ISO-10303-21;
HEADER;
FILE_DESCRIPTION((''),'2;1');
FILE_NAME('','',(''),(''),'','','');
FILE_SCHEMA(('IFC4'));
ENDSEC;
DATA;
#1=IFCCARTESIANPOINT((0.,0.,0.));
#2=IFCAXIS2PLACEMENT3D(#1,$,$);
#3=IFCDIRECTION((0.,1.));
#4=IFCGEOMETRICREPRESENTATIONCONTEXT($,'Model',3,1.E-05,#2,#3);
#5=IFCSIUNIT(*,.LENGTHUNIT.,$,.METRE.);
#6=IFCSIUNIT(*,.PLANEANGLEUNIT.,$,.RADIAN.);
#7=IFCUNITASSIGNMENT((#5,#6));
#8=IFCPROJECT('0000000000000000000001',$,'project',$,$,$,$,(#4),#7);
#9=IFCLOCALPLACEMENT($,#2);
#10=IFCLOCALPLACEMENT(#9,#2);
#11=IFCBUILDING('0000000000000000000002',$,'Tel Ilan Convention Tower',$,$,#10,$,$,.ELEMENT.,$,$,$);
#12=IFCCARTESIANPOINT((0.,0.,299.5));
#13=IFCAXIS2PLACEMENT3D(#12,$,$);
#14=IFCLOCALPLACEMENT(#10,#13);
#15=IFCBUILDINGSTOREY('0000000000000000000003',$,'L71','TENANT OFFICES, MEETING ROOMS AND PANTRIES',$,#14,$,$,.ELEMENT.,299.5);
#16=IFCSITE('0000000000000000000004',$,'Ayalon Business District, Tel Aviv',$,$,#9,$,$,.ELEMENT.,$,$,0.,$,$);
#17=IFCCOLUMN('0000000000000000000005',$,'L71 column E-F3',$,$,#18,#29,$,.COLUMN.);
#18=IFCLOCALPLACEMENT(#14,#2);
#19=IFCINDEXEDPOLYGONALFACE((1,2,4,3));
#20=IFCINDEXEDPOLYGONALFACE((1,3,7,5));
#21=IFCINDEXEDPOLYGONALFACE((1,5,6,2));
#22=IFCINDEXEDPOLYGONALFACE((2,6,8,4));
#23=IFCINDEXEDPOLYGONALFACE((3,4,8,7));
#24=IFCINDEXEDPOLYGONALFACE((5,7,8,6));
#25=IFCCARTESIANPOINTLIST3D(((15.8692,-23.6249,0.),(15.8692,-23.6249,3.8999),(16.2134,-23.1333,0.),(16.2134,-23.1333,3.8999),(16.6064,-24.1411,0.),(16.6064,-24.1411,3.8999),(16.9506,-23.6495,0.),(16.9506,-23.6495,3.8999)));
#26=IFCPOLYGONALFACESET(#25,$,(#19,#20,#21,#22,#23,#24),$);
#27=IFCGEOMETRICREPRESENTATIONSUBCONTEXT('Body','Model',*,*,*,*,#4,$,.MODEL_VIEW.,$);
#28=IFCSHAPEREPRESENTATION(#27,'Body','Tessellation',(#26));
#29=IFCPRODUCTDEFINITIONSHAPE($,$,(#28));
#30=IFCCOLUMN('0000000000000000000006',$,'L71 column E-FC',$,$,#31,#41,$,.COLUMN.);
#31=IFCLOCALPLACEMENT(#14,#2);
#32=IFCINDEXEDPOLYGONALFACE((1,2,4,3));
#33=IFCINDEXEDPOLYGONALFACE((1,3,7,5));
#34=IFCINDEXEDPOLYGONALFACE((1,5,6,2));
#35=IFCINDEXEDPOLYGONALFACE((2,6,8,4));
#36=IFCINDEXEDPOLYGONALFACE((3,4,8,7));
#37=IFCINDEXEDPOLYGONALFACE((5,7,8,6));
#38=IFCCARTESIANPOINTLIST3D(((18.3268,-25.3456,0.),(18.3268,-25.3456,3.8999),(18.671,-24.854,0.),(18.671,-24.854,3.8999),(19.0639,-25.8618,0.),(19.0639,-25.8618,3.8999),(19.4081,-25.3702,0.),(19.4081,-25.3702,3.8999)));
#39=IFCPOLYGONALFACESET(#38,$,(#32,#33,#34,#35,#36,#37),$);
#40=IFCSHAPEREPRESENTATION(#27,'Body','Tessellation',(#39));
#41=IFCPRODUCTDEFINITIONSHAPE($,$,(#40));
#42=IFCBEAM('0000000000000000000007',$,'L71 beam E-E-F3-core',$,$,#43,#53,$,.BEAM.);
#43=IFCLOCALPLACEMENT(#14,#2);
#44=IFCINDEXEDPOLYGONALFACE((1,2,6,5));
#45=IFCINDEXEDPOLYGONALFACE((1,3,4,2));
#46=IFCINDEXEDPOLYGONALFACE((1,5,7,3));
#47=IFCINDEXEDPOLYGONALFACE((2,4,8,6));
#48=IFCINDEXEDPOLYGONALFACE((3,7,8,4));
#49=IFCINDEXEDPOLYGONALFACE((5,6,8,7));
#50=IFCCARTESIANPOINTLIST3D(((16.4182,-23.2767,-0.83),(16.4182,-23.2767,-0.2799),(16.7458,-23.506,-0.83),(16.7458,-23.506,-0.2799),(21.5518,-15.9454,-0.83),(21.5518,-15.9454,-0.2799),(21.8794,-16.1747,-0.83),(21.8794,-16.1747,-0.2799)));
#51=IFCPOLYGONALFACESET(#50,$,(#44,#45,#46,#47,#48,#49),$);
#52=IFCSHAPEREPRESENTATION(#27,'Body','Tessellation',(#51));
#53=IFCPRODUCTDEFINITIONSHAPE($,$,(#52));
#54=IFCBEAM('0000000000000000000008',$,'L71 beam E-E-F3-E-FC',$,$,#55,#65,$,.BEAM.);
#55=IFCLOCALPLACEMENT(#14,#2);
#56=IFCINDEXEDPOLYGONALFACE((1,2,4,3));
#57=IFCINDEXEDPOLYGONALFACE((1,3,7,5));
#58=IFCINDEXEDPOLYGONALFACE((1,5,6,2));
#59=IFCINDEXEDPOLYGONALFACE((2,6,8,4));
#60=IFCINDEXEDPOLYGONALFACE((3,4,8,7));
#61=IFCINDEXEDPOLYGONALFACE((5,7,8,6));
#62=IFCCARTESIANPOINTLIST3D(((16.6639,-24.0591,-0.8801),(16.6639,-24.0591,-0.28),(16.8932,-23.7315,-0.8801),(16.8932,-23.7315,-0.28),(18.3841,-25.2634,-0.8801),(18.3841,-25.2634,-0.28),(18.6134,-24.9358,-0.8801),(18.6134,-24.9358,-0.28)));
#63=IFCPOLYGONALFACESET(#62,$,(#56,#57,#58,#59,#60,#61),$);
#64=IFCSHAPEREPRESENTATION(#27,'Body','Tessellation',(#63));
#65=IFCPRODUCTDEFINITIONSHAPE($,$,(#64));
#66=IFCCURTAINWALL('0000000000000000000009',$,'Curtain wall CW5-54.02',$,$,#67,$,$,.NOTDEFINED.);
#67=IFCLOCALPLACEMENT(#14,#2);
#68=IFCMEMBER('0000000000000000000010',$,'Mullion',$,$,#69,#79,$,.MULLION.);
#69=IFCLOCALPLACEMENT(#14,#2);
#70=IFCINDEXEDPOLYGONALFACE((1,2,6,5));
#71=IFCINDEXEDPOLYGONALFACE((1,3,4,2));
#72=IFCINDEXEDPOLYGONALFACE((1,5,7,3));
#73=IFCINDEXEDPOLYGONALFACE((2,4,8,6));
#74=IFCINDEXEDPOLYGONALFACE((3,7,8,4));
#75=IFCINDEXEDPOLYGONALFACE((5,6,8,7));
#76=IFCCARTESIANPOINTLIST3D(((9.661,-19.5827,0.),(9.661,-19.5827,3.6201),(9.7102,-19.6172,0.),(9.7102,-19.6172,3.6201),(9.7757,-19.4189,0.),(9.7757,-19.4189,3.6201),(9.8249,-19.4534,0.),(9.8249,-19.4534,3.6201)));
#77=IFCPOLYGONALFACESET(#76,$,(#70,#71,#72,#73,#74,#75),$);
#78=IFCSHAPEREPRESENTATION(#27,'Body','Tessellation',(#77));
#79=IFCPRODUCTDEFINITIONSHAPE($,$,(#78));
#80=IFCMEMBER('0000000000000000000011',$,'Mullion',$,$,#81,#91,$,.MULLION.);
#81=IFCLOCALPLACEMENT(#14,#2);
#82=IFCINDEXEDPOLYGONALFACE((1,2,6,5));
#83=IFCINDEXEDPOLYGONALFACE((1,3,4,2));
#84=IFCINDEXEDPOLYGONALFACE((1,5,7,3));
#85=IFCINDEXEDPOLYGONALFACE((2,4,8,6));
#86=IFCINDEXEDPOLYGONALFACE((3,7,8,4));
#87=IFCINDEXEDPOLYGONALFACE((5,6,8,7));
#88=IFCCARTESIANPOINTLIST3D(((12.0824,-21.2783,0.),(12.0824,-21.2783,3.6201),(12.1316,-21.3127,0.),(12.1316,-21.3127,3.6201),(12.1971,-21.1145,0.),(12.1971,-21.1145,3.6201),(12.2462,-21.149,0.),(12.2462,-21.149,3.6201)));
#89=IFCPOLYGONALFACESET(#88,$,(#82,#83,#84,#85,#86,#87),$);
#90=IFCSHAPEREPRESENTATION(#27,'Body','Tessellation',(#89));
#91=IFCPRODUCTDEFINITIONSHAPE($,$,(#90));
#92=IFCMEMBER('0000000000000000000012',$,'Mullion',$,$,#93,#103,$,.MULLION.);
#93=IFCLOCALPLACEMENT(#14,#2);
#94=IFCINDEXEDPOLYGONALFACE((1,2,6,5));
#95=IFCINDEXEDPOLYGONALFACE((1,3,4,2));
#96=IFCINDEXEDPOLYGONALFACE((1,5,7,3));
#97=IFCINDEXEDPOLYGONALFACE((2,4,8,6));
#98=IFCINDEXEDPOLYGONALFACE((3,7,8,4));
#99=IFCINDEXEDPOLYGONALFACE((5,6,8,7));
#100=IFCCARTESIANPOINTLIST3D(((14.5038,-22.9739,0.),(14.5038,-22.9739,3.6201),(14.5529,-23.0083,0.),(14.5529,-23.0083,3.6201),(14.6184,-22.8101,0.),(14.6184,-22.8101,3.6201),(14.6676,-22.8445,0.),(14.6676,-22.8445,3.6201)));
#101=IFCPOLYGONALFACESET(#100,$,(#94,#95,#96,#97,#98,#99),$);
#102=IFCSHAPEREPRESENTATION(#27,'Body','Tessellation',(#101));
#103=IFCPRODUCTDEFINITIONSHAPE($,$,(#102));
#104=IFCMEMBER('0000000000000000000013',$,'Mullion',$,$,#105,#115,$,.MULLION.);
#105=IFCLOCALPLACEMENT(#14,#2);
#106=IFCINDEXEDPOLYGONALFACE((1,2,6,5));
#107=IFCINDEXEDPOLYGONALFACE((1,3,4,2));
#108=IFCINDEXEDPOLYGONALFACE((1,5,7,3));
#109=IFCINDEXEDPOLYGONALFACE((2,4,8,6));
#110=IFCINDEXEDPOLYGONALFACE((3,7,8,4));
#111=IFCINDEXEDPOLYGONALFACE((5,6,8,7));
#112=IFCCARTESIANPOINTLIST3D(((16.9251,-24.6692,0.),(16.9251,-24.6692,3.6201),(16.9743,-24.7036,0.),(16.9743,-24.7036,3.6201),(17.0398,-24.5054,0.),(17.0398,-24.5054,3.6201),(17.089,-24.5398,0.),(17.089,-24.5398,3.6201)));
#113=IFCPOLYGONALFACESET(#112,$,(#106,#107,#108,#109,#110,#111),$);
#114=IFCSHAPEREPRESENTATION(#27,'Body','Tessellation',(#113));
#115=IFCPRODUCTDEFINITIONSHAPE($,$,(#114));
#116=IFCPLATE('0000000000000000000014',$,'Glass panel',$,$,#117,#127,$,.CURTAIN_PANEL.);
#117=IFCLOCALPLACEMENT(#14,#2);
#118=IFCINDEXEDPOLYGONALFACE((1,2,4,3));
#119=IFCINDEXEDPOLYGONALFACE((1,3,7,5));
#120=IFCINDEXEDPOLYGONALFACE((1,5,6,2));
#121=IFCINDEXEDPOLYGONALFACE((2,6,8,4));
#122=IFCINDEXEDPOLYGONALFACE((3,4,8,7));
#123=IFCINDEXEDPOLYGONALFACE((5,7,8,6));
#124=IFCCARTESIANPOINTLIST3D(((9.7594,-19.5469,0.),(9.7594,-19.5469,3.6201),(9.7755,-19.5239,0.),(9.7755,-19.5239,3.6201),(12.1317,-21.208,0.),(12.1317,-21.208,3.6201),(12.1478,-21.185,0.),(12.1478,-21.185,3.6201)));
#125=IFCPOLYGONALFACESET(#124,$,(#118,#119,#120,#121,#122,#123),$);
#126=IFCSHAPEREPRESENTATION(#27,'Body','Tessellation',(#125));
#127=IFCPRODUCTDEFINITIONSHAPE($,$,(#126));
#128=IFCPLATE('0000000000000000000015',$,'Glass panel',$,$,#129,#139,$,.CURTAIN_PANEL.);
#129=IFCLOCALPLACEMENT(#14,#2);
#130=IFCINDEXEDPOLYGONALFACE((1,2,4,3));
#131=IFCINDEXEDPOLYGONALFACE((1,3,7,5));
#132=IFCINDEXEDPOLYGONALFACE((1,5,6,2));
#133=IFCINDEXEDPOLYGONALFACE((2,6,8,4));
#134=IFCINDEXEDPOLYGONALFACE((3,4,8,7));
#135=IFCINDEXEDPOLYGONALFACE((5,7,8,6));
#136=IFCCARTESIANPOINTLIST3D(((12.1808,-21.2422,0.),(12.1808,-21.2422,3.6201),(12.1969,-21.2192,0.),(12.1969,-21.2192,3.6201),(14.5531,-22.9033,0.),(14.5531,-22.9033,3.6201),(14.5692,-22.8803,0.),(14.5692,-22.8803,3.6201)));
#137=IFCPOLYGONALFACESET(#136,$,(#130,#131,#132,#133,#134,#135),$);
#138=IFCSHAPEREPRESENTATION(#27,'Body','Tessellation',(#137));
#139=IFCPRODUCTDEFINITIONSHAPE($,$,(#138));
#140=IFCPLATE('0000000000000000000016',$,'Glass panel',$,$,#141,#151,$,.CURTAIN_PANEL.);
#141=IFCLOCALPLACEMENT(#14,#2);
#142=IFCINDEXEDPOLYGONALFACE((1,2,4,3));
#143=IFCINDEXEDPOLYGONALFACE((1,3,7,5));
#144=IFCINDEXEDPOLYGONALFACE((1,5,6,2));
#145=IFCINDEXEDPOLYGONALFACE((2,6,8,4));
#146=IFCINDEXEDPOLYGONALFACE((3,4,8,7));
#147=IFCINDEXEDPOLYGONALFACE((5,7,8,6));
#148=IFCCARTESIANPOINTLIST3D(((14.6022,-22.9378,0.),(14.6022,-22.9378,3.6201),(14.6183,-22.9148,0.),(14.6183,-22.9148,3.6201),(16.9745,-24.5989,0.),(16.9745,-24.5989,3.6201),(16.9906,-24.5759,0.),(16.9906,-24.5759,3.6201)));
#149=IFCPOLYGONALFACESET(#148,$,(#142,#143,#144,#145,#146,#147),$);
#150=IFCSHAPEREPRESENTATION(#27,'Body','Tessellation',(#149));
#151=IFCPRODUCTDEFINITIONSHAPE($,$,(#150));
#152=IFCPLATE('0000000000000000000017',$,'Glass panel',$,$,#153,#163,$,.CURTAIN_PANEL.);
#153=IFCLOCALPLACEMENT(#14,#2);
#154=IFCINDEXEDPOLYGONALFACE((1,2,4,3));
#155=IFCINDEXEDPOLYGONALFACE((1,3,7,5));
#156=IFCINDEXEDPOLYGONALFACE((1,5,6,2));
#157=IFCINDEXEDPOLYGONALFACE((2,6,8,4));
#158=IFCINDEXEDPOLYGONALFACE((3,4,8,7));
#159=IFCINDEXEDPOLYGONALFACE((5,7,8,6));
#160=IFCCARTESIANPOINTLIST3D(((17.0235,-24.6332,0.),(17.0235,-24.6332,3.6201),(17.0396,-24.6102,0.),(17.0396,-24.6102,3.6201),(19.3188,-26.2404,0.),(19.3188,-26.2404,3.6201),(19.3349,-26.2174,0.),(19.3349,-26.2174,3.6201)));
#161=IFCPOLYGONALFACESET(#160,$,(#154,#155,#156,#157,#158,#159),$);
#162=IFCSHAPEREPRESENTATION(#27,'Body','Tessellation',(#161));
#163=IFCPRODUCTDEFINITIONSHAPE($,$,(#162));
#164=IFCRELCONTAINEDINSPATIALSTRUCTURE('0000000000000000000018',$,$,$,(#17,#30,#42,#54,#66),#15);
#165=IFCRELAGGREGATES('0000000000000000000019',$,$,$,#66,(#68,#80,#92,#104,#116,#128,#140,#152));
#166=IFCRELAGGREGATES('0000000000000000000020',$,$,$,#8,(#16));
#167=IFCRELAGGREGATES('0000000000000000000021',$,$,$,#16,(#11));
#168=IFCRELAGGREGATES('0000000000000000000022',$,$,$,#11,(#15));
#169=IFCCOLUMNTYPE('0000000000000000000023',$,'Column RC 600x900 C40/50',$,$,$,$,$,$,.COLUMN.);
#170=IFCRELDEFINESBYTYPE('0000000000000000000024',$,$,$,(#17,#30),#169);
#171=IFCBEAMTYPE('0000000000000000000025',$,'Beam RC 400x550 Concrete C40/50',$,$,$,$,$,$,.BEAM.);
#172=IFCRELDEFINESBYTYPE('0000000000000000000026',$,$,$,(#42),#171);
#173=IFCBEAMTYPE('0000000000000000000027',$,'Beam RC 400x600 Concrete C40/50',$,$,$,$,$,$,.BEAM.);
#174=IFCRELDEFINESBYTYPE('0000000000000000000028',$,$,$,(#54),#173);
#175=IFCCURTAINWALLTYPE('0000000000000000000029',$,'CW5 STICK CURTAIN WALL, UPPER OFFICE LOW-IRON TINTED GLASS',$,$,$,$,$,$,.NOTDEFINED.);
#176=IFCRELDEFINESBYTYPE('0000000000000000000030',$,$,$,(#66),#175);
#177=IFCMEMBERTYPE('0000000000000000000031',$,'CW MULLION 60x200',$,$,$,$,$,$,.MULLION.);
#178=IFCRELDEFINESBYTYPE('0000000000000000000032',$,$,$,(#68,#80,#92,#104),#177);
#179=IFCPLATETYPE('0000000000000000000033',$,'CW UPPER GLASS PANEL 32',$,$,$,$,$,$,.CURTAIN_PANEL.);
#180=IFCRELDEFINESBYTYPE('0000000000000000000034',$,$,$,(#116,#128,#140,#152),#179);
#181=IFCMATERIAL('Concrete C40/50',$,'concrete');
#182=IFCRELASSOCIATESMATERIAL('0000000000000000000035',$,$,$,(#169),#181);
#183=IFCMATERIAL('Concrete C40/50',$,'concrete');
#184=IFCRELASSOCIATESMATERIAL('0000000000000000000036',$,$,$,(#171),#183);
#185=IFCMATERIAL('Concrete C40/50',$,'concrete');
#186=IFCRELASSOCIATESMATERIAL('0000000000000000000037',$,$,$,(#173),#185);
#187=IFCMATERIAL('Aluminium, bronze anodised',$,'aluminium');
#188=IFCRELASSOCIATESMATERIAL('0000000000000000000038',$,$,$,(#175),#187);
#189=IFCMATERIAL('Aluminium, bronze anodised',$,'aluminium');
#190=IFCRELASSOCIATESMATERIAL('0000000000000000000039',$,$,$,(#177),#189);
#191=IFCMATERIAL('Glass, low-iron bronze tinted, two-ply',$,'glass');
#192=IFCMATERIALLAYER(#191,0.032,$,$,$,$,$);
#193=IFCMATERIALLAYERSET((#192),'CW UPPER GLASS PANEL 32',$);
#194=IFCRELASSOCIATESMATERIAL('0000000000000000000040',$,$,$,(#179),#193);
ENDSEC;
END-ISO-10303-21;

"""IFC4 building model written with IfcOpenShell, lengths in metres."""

from ifc_helpers import new_model, si_unit, direction, frame, origin, origin_2d, place, context, subcontext, project, spatial, rectangle, extrude, material, layer, layer_set, material_profile, profile_set, type_object, element, aggregate, save


model = new_model("IFC4")

# Units and contexts
model_context = context("Model", 3, precision=1e-05, world=origin(), true_north=direction((0.0, 1.0)))
body_context = subcontext(model_context, "Body", "Model", "MODEL_VIEW")
ifc_project = project(units=[si_unit("LENGTHUNIT", "METRE"), si_unit("PLANEANGLEUNIT", "RADIAN")], contexts=[model_context])

# Site, building, storey
site_placement = place(None, origin())
site = spatial("IfcSite", under=ifc_project, at=site_placement, Name="Ayalon Business District, Tel Aviv", CompositionType="ELEMENT", RefElevation=0.0)
building_placement = place(site_placement, origin())
building = spatial("IfcBuilding", under=site, at=building_placement, Name="Tel Ilan Convention Tower", CompositionType="ELEMENT")
storey_placement = place(building_placement, frame((0.0, 0.0, 299.5)))
storey = spatial("IfcBuildingStorey", under=building, at=storey_placement, Name="L71", Description="TENANT OFFICES, MEETING ROOMS AND PANTRIES", CompositionType="ELEMENT", Elevation=299.5)

# Columns
ifc_material_1 = material(Name="Concrete C40/50", Category="concrete")
ifc_material_profile_1 = material_profile(ifc_material_1, rectangle(XDim=0.8999, YDim=0.6001, at=origin_2d()), Name="RC 600x900")
ifc_profile_set_1 = profile_set([ifc_material_profile_1], Name="Concrete C40/50")
column_type = type_object("IfcColumnType", Name="Column RC 600x900 C40/50", PredefinedType="COLUMN", material=ifc_profile_set_1)
for number, where, z_axis, x_axis, name in (
    (1, (16.4099, -23.6372, 0.0), (0.0, 0.0, 1.0), (0.819152, -0.573576, 0.0), "L71 column E-F3"),
    (2, (18.8674, -25.3579, 0.0), (0.0, 0.0, 1.0), (0.819152, -0.573576, 0.0), "L71 column E-FC"),
):
    element("IfcColumn", number, at=place(storey_placement, frame(where, z_axis=z_axis, x_axis=x_axis)), inside=storey, type_object=column_type, Name=name, PredefinedType="COLUMN", context=body_context, shape_type="SweptSolid", body=[
        extrude(rectangle(XDim=0.8999, YDim=0.6001, at=origin_2d()), origin(), (0.0, 0.0, 1.0), 3.8999),
    ])

# Beams
ifc_material_2 = material(Name="Concrete C40/50", Category="concrete")
ifc_material_profile_2 = material_profile(ifc_material_2, rectangle(XDim=0.3999, YDim=0.55, at=origin_2d()), Name="RC 400x550")
ifc_profile_set_2 = profile_set([ifc_material_profile_2], Name="Concrete C40/50")
beam_type_1 = type_object("IfcBeamType", Name="Beam RC 400x550 Concrete C40/50", PredefinedType="BEAM", material=ifc_profile_set_2)
beam_1_placement = place(storey_placement, frame((16.582, -23.3914, -0.5549), z_axis=(0.573585, 0.819146, 0.0), x_axis=(-0.819146, 0.573585, 0.0)))
element("IfcBeam", 3, at=beam_1_placement, inside=storey, type_object=beam_type_1, Name="L71 beam E-E-F3-core", PredefinedType="BEAM", context=body_context, shape_type="SweptSolid", body=[
    extrude(rectangle(XDim=0.3999, YDim=0.55, at=origin_2d()), origin(), (0.0, 0.0, 1.0), 8.95),
])
ifc_material_3 = material(Name="Concrete C40/50", Category="concrete")
ifc_material_profile_3 = material_profile(ifc_material_3, rectangle(XDim=0.3999, YDim=0.6001, at=origin_2d()), Name="RC 400x600")
ifc_profile_set_3 = profile_set([ifc_material_profile_3], Name="Concrete C40/50")
beam_type_2 = type_object("IfcBeamType", Name="Beam RC 400x600 Concrete C40/50", PredefinedType="BEAM", material=ifc_profile_set_3)
beam_2_placement = place(storey_placement, frame((16.7786, -23.8953, -0.5801), z_axis=(0.819188, -0.573525, 0.0), x_axis=(0.573525, 0.819188, 0.0)))
element("IfcBeam", 4, at=beam_2_placement, inside=storey, type_object=beam_type_2, Name="L71 beam E-E-F3-E-FC", PredefinedType="BEAM", context=body_context, shape_type="SweptSolid", body=[
    extrude(rectangle(XDim=0.3999, YDim=0.6001, at=origin_2d()), origin(), (0.0, 0.0, 1.0), 2.0999),
])

# Curtain wall, members, plates
ifc_material_4 = material(Name="Aluminium, bronze anodised", Category="aluminium")
curtain_wall_type = type_object("IfcCurtainWallType", Name="CW5 STICK CURTAIN WALL, UPPER OFFICE LOW-IRON TINTED GLASS", PredefinedType="NOTDEFINED", material=ifc_material_4)
curtain_wall_placement = place(storey_placement, origin())
curtain_wall = element("IfcCurtainWall", 5, at=curtain_wall_placement, inside=storey, type_object=curtain_wall_type, Name="Curtain wall CW5-54.02", PredefinedType="NOTDEFINED")
ifc_material_5 = material(Name="Aluminium, bronze anodised", Category="aluminium")
ifc_material_profile_4 = material_profile(ifc_material_5, rectangle(XDim=0.0601, YDim=0.2, at=origin_2d()), Name="CW MULLION 60x200")
ifc_profile_set_4 = profile_set([ifc_material_profile_4], Name="Aluminium, bronze anodised")
member_type = type_object("IfcMemberType", Name="CW MULLION 60x200", PredefinedType="MULLION", material=ifc_profile_set_4)
member_1_placement = place(storey_placement, frame((9.7429, -19.5181, 0.0), z_axis=(0.0, 0.0, 1.0), x_axis=(0.819152, -0.573576, 0.0)))
member_1 = element("IfcMember", 6, at=member_1_placement, type_object=member_type, Name="Mullion", PredefinedType="MULLION", context=body_context, shape_type="SweptSolid", body=[
    extrude(rectangle(XDim=0.0601, YDim=0.2, at=origin_2d()), origin(), (0.0, 0.0, 1.0), 3.6201),
])
member_2_placement = place(storey_placement, frame((12.1643, -21.2136, 0.0), z_axis=(0.0, 0.0, 1.0), x_axis=(0.819152, -0.573576, 0.0)))
member_2 = element("IfcMember", 7, at=member_2_placement, type_object=member_type, Name="Mullion", PredefinedType="MULLION", context=body_context, shape_type="SweptSolid", body=[
    extrude(rectangle(XDim=0.0601, YDim=0.2, at=origin_2d()), origin(), (0.0, 0.0, 1.0), 3.6201),
])
member_3_placement = place(storey_placement, frame((14.5857, -22.9092, 0.0), z_axis=(0.0, 0.0, 1.0), x_axis=(0.819152, -0.573576, 0.0)))
member_3 = element("IfcMember", 8, at=member_3_placement, type_object=member_type, Name="Mullion", PredefinedType="MULLION", context=body_context, shape_type="SweptSolid", body=[
    extrude(rectangle(XDim=0.0601, YDim=0.2, at=origin_2d()), origin(), (0.0, 0.0, 1.0), 3.6201),
])
member_4_placement = place(storey_placement, frame((17.0071, -24.6045, 0.0), z_axis=(0.0, 0.0, 1.0), x_axis=(0.819152, -0.573576, 0.0)))
member_4 = element("IfcMember", 9, at=member_4_placement, type_object=member_type, Name="Mullion", PredefinedType="MULLION", context=body_context, shape_type="SweptSolid", body=[
    extrude(rectangle(XDim=0.0601, YDim=0.2, at=origin_2d()), origin(), (0.0, 0.0, 1.0), 3.6201),
])
ifc_material_6 = material(Name="Glass, low-iron bronze tinted, two-ply", Category="glass")
ifc_layer_1 = layer(ifc_material_6, 0.032)
ifc_layer_set_1 = layer_set([ifc_layer_1], Name="CW UPPER GLASS PANEL 32")
plate_type = type_object("IfcPlateType", Name="CW UPPER GLASS PANEL 32", PredefinedType="CURTAIN_PANEL", material=ifc_layer_set_1)
plate_1_placement = place(storey_placement, frame((10.9536, -20.366, 0.0), z_axis=(0.0, 0.0, 1.0), x_axis=(0.819152, -0.573576, 0.0)))
plate_1 = element("IfcPlate", 10, at=plate_1_placement, type_object=plate_type, Name="Glass panel", PredefinedType="CURTAIN_PANEL", context=body_context, shape_type="SweptSolid", body=[
    extrude(rectangle(XDim=2.896, YDim=0.0281, at=origin_2d()), origin(), (0.0, 0.0, 1.0), 3.6201),
])
plate_2_placement = place(storey_placement, frame((13.375, -22.0613, 0.0), z_axis=(0.0, 0.0, 1.0), x_axis=(0.819152, -0.573576, 0.0)))
plate_2 = element("IfcPlate", 11, at=plate_2_placement, type_object=plate_type, Name="Glass panel", PredefinedType="CURTAIN_PANEL", context=body_context, shape_type="SweptSolid", body=[
    extrude(rectangle(XDim=2.896, YDim=0.0281, at=origin_2d()), origin(), (0.0, 0.0, 1.0), 3.6201),
])
plate_3_placement = place(storey_placement, frame((15.7964, -23.7568, 0.0), z_axis=(0.0, 0.0, 1.0), x_axis=(0.819152, -0.573576, 0.0)))
plate_3 = element("IfcPlate", 12, at=plate_3_placement, type_object=plate_type, Name="Glass panel", PredefinedType="CURTAIN_PANEL", context=body_context, shape_type="SweptSolid", body=[
    extrude(rectangle(XDim=2.896, YDim=0.0281, at=origin_2d()), origin(), (0.0, 0.0, 1.0), 3.6201),
])
plate_4_placement = place(storey_placement, frame((18.1792, -25.4253, 0.0), z_axis=(0.0, 0.0, 1.0), x_axis=(0.819152, -0.573576, 0.0)))
plate_4 = element("IfcPlate", 13, at=plate_4_placement, type_object=plate_type, Name="Glass panel", PredefinedType="CURTAIN_PANEL", context=body_context, shape_type="SweptSolid", body=[
    extrude(rectangle(XDim=2.802, YDim=0.0281, at=origin_2d()), origin(), (0.0, 0.0, 1.0), 3.6201),
])
aggregate(curtain_wall, [member_1, member_2, member_3, member_4, plate_1, plate_2, plate_3, plate_4])

save(model, "model.ifc")
